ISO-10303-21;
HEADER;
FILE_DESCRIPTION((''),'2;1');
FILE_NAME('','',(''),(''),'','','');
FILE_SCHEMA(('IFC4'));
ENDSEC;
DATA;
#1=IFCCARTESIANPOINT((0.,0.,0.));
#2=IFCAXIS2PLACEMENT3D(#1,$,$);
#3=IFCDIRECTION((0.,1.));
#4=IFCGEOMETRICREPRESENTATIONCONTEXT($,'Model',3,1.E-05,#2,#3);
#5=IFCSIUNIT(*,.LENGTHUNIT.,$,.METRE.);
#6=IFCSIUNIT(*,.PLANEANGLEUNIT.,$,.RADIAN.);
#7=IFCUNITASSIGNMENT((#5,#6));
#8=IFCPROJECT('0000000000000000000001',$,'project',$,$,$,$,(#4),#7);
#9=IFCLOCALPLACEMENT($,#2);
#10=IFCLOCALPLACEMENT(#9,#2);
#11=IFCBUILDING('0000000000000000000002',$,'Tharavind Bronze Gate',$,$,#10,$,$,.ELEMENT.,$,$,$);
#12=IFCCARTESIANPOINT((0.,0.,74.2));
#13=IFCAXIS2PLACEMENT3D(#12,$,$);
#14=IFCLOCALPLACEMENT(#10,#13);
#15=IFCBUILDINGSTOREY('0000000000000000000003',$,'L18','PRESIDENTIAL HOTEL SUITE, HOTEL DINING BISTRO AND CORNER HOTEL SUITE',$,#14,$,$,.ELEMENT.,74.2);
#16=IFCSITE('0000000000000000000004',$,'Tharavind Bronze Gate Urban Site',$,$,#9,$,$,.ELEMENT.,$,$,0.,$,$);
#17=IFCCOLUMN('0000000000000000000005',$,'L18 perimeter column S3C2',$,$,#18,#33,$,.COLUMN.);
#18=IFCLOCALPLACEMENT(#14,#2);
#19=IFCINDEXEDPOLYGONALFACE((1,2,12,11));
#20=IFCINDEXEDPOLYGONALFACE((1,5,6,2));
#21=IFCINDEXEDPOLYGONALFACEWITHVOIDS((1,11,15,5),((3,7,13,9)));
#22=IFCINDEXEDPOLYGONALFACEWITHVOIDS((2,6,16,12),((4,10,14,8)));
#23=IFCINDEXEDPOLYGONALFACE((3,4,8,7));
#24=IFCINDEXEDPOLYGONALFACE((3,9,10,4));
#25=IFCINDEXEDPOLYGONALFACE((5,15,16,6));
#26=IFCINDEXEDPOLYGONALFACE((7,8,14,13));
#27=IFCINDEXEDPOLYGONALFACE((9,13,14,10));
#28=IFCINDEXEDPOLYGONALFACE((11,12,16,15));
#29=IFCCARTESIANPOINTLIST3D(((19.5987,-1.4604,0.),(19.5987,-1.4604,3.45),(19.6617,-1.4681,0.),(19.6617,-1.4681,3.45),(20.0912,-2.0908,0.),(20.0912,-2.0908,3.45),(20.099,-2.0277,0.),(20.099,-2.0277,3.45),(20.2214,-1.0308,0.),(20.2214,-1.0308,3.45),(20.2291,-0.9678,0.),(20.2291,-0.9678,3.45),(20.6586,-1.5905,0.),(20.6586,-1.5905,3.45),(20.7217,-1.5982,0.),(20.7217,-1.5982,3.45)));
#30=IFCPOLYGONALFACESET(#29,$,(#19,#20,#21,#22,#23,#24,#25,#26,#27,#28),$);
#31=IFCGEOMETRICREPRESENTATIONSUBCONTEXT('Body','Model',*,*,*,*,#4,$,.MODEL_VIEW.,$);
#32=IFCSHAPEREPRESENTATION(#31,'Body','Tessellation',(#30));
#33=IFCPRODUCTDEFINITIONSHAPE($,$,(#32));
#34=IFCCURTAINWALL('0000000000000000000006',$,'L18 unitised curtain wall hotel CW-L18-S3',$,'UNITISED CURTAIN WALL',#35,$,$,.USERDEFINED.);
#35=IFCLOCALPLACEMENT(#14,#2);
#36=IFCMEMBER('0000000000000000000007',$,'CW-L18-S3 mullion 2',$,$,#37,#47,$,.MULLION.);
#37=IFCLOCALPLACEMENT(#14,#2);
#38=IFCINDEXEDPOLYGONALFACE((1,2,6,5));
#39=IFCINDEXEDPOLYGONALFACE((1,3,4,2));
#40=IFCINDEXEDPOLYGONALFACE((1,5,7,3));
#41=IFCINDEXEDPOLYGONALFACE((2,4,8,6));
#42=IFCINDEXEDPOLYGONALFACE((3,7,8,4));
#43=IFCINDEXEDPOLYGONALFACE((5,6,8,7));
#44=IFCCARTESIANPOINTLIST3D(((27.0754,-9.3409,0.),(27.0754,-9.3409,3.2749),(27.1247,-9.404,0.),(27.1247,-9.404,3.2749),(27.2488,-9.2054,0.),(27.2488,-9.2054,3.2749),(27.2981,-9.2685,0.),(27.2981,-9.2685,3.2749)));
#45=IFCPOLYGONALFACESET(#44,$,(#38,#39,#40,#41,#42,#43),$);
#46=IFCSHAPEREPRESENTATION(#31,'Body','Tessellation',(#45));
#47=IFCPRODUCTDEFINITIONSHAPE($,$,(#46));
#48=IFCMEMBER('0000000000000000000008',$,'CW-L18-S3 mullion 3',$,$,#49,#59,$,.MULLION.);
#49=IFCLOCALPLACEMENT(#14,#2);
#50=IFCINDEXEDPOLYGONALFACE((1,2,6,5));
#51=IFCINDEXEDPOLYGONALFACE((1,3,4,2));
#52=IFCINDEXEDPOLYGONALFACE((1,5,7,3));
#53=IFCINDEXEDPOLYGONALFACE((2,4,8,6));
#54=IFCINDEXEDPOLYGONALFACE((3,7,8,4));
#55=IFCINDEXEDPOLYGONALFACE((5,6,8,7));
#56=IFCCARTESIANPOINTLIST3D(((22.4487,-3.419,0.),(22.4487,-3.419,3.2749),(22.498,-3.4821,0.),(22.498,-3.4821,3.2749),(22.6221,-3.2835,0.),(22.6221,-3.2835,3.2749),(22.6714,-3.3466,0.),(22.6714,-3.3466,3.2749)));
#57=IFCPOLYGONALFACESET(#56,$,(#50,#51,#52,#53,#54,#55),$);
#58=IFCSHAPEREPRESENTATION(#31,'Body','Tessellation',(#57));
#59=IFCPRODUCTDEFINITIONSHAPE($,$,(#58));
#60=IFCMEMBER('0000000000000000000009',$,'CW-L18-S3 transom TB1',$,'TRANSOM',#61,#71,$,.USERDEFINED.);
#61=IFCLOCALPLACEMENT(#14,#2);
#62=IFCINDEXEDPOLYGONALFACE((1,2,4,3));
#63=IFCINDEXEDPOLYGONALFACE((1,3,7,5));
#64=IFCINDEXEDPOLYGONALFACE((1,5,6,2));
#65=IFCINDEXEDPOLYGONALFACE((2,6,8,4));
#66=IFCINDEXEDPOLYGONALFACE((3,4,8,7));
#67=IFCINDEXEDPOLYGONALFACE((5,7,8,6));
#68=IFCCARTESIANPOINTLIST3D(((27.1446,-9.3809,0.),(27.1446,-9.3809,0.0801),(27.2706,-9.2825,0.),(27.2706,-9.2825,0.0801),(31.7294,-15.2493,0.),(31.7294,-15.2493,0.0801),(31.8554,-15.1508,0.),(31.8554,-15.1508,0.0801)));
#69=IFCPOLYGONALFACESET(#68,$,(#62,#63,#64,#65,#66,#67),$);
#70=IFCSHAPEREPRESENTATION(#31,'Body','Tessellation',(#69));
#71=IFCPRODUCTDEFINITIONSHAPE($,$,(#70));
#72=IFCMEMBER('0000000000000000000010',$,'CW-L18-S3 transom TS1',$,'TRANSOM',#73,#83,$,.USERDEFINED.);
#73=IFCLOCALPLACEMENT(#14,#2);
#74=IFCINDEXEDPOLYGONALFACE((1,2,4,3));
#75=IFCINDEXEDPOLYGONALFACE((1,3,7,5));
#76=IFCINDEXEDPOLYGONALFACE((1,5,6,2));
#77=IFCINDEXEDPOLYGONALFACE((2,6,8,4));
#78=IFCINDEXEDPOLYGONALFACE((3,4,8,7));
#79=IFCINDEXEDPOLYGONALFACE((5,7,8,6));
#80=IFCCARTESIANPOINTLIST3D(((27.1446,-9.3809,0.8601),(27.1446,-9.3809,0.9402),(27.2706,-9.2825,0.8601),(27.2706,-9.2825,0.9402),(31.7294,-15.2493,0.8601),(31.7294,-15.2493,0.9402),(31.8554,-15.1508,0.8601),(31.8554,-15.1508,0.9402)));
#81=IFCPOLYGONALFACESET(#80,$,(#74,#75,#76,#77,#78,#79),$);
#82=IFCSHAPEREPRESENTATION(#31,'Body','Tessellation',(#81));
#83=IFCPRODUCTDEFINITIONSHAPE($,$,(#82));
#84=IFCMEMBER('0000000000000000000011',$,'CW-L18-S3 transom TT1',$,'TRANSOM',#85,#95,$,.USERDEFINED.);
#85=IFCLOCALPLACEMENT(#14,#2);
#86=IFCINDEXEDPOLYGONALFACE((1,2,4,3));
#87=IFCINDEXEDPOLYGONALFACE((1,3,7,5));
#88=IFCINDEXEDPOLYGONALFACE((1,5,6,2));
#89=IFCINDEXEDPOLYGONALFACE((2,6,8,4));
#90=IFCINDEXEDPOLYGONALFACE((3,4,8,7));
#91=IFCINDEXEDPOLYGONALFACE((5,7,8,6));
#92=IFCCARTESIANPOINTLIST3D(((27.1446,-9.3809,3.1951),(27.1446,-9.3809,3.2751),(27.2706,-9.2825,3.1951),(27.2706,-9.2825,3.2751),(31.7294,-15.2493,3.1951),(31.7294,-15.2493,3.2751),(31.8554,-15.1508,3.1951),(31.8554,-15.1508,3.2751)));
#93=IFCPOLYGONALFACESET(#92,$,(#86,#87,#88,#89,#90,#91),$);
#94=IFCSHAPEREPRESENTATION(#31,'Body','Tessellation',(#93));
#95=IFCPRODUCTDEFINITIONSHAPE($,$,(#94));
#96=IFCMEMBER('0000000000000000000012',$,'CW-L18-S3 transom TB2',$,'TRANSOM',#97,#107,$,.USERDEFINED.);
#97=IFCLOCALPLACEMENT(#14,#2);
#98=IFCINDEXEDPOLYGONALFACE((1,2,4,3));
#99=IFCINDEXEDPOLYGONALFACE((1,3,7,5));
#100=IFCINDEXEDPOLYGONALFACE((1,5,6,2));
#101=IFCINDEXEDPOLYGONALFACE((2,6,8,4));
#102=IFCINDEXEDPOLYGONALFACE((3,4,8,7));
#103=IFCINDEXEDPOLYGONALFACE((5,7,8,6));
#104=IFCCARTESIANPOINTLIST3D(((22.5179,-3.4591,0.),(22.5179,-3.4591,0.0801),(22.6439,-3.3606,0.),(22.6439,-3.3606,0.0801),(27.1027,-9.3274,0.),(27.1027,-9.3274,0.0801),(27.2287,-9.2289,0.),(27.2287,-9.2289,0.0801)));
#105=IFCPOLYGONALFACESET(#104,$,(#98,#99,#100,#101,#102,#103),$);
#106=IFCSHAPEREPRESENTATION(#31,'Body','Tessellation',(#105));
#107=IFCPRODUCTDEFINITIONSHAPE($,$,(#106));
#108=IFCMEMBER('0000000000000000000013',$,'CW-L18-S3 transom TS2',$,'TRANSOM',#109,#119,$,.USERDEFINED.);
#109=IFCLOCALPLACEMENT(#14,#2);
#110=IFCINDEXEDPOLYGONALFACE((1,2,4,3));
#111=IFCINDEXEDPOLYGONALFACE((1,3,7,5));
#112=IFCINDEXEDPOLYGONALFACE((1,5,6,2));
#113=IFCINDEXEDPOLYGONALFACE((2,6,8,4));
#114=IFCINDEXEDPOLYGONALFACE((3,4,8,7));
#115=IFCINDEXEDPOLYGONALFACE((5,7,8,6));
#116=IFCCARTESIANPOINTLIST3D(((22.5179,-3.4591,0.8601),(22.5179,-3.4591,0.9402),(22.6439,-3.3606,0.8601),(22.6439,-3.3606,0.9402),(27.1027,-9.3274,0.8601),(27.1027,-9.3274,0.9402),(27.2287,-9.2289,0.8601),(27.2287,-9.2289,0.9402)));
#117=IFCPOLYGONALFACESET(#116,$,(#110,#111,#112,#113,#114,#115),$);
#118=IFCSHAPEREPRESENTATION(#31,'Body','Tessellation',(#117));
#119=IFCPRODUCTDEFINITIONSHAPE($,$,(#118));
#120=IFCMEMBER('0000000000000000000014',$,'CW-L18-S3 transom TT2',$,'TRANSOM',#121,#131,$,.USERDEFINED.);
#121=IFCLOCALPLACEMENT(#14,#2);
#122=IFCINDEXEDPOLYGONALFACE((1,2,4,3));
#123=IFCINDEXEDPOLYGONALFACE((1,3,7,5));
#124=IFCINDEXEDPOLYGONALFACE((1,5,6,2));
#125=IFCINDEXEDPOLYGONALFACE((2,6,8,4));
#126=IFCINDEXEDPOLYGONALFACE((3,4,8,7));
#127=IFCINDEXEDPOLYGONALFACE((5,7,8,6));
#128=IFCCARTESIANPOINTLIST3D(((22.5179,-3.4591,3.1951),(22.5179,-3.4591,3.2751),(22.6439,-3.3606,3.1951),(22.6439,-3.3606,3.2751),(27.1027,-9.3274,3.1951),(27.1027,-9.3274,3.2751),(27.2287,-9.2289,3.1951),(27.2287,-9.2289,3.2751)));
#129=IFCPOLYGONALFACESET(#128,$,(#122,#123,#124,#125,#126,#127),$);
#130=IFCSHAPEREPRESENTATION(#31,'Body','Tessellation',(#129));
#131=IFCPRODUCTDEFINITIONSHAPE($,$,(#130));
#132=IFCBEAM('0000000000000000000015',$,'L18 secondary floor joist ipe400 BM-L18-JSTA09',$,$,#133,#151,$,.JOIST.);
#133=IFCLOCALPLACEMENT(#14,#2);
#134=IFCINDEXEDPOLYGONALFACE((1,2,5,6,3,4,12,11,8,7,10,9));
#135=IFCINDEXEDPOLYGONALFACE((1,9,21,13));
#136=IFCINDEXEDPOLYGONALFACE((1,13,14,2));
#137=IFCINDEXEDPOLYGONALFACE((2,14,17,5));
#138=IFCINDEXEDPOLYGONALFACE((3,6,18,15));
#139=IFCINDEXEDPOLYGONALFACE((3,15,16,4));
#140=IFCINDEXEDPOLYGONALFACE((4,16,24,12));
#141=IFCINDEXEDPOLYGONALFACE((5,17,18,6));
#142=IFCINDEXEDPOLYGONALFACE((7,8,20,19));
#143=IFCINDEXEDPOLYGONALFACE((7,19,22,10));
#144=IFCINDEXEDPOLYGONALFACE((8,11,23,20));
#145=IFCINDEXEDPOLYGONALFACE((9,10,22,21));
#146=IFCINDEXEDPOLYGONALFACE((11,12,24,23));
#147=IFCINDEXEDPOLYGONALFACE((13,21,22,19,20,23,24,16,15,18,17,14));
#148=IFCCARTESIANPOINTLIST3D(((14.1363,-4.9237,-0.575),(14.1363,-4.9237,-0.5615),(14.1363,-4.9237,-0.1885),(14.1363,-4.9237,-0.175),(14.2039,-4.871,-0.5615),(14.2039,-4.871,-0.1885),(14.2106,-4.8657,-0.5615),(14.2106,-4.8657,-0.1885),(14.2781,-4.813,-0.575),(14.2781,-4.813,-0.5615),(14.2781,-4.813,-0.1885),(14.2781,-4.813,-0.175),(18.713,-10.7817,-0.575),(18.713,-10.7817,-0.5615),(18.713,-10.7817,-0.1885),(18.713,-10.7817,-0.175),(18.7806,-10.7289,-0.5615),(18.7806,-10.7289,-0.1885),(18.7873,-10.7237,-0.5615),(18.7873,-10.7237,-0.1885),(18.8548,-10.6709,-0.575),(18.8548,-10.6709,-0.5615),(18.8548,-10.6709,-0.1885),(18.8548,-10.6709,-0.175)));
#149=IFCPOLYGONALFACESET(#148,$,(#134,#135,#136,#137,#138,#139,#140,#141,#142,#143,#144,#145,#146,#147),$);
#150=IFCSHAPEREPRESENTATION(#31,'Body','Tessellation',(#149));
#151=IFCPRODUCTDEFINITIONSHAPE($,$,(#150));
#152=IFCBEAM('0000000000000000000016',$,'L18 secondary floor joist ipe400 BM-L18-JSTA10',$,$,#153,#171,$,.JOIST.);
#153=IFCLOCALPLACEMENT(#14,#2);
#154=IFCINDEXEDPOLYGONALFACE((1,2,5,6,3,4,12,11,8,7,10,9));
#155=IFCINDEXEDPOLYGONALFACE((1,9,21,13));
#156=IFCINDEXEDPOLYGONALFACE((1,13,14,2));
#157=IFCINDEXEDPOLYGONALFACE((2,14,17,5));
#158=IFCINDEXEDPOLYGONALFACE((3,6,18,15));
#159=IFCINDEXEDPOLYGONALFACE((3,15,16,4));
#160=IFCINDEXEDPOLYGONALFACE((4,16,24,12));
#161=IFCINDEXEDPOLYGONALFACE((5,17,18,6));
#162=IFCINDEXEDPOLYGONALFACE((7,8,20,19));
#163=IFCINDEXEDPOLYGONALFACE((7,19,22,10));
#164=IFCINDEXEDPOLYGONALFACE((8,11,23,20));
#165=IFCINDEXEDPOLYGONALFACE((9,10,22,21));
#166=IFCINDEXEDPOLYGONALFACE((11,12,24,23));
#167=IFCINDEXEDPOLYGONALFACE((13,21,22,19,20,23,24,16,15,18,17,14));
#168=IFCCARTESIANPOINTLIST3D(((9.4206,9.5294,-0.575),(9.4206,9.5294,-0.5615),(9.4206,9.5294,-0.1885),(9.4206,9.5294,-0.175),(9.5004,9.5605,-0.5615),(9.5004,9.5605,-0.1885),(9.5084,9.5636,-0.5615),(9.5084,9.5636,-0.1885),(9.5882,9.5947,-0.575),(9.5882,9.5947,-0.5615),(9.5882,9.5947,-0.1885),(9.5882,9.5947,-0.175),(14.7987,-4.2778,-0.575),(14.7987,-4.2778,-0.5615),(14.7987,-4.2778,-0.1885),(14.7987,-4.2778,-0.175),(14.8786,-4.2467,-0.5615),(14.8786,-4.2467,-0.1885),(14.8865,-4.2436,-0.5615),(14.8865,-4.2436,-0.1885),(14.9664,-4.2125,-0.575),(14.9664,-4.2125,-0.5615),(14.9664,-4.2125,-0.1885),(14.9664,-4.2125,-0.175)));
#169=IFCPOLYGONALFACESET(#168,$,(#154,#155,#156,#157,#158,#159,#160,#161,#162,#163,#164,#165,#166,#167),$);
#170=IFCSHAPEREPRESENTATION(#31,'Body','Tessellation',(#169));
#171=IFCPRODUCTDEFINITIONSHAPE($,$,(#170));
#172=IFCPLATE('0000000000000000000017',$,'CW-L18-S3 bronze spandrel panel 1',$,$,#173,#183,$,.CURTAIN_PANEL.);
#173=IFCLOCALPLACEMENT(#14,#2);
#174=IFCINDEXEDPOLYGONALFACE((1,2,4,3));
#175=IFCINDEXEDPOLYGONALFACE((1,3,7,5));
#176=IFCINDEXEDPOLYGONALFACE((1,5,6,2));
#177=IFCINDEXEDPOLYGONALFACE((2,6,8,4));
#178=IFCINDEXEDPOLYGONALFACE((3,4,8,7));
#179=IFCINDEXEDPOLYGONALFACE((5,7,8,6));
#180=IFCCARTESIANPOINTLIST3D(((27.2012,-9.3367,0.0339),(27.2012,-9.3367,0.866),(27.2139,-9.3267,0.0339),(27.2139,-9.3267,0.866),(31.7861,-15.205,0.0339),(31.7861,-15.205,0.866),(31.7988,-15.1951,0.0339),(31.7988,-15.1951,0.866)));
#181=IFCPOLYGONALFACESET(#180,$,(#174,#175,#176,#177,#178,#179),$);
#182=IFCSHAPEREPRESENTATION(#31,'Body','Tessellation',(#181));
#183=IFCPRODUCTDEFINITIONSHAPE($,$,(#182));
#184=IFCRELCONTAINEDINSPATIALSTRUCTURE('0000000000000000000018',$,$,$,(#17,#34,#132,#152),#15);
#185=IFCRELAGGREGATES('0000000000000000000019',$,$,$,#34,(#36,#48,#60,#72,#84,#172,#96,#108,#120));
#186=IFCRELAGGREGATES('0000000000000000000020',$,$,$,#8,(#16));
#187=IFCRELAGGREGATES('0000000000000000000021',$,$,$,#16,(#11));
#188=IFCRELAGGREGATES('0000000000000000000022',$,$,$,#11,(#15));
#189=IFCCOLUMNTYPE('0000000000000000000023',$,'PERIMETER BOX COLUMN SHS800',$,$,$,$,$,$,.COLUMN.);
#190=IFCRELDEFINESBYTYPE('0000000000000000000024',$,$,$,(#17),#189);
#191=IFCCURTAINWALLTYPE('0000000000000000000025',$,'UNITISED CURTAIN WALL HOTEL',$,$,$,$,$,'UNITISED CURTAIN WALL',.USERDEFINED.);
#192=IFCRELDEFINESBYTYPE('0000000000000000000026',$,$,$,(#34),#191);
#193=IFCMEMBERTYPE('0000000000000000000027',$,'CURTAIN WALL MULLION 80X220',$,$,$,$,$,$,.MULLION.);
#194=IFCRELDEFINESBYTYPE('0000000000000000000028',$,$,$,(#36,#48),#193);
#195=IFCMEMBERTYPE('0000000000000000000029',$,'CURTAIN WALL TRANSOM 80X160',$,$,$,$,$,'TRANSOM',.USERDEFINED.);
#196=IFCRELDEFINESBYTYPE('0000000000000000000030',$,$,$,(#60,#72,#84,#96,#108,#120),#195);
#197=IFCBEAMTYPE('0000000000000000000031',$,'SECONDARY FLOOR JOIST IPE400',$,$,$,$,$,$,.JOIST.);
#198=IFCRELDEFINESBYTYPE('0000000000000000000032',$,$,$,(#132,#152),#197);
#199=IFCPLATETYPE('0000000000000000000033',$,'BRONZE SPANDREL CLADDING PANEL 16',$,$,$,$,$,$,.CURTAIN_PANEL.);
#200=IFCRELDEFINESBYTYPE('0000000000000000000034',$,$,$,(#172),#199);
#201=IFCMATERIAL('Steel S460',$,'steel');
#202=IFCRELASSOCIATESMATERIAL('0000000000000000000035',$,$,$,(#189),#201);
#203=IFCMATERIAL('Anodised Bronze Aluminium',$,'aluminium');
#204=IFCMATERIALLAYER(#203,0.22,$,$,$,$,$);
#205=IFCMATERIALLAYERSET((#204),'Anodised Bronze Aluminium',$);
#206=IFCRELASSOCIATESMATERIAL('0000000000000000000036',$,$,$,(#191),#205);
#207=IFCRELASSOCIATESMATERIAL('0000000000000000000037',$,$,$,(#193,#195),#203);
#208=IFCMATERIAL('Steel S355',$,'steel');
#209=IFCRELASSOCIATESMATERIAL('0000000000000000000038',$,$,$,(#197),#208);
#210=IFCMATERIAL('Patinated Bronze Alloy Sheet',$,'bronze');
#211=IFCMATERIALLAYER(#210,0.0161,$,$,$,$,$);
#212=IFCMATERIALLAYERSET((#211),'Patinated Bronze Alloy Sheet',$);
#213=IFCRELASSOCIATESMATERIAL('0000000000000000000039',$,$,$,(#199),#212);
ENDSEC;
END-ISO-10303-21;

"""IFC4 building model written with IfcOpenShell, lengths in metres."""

from ifc_helpers import new_model, si_unit, direction, frame, origin, origin_2d, place, context, subcontext, project, spatial, rectangle, hollow_rectangle, i_section, extrude, material, layer, layer_set, material_profile, profile_set, type_object, element, aggregate, save


model = new_model("IFC4")

# Units and contexts
model_context = context("Model", 3, precision=1e-05, world=origin(), true_north=direction((0.0, 1.0)))
body_context = subcontext(model_context, "Body", "Model", "MODEL_VIEW")
ifc_project = project(units=[si_unit("LENGTHUNIT", "METRE"), si_unit("PLANEANGLEUNIT", "RADIAN")], contexts=[model_context])

# Site, building, storey
site_placement = place(None, origin())
site = spatial("IfcSite", under=ifc_project, at=site_placement, Name="Tharavind Bronze Gate Urban Site", CompositionType="ELEMENT", RefElevation=0.0)
building_placement = place(site_placement, origin())
building = spatial("IfcBuilding", under=site, at=building_placement, Name="Tharavind Bronze Gate", CompositionType="ELEMENT")
storey_placement = place(building_placement, frame((0.0, 0.0, 74.2)))
storey = spatial("IfcBuildingStorey", under=building, at=storey_placement, Name="L18", Description="PRESIDENTIAL HOTEL SUITE, HOTEL DINING BISTRO AND CORNER HOTEL SUITE", CompositionType="ELEMENT", Elevation=74.2)

# Column
ifc_material_1 = material(Name="Steel S460", Category="steel")
ifc_material_profile_1 = material_profile(ifc_material_1, hollow_rectangle(XDim=0.8, YDim=0.8, WallThickness=0.0449, at=origin_2d()), Name="SHS800X45")
ifc_profile_set_1 = profile_set([ifc_material_profile_1], Name="Steel S460")
column_type = type_object("IfcColumnType", Name="PERIMETER BOX COLUMN SHS800", PredefinedType="COLUMN", material=ifc_profile_set_1)
column_placement = place(storey_placement, frame((20.1602, -1.5293, 0.0), z_axis=(0.0, 0.0, 1.0), x_axis=(-0.615661, 0.788011, 0.0)))
element("IfcColumn", 1, at=column_placement, inside=storey, type_object=column_type, Name="L18 perimeter column S3C2", PredefinedType="COLUMN", context=body_context, shape_type="SweptSolid", body=[
    extrude(hollow_rectangle(XDim=0.8, YDim=0.8, WallThickness=0.0449, at=origin_2d()), origin(), (0.0, 0.0, 1.0), 3.45),
])

# Curtain wall, members
ifc_material_2 = material(Name="Anodised Bronze Aluminium", Category="aluminium")
ifc_layer_1 = layer(ifc_material_2, 0.22)
ifc_layer_set_1 = layer_set([ifc_layer_1], Name="Anodised Bronze Aluminium")
curtain_wall_type = type_object("IfcCurtainWallType", Name="UNITISED CURTAIN WALL HOTEL", ElementType="UNITISED CURTAIN WALL", PredefinedType="USERDEFINED", material=ifc_layer_set_1)
curtain_wall_placement = place(storey_placement, origin())
curtain_wall = element("IfcCurtainWall", 2, at=curtain_wall_placement, inside=storey, type_object=curtain_wall_type, Name="L18 unitised curtain wall hotel CW-L18-S3", ObjectType="UNITISED CURTAIN WALL", PredefinedType="USERDEFINED")
member_type_1 = type_object("IfcMemberType", Name="CURTAIN WALL MULLION 80X220", PredefinedType="MULLION", material=ifc_material_2)
member_1_placement = place(storey_placement, frame((27.1868, -9.3047, 0.0), z_axis=(0.0, 0.0, 1.0), x_axis=(-0.615661, 0.788011, 0.0)))
member_1 = element("IfcMember", 3, at=member_1_placement, type_object=member_type_1, Name="CW-L18-S3 mullion 2", PredefinedType="MULLION", context=body_context, shape_type="SweptSolid", body=[
    extrude(rectangle(XDim=0.0801, YDim=0.22, at=origin_2d()), origin(), (0.0, 0.0, 1.0), 3.2749),
])
member_2_placement = place(storey_placement, frame((22.5601, -3.3828, 0.0), z_axis=(0.0, 0.0, 1.0), x_axis=(-0.615661, 0.788011, 0.0)))
member_2 = element("IfcMember", 4, at=member_2_placement, type_object=member_type_1, Name="CW-L18-S3 mullion 3", PredefinedType="MULLION", context=body_context, shape_type="SweptSolid", body=[
    extrude(rectangle(XDim=0.0801, YDim=0.22, at=origin_2d()), origin(), (0.0, 0.0, 1.0), 3.2749),
])
member_type_2 = type_object("IfcMemberType", Name="CURTAIN WALL TRANSOM 80X160", ElementType="TRANSOM", PredefinedType="USERDEFINED", material=ifc_material_2)
member_3_placement = place(storey_placement, frame((29.5, -12.2659, 0.0), z_axis=(0.0, 0.0, 1.0), x_axis=(-0.615661, 0.788011, 0.0)))
member_3 = element("IfcMember", 5, at=member_3_placement, type_object=member_type_2, Name="CW-L18-S3 transom TB1", ObjectType="TRANSOM", PredefinedType="USERDEFINED", context=body_context, shape_type="SweptSolid", body=[
    extrude(rectangle(XDim=7.447, YDim=0.1599, at=origin_2d()), origin(), (0.0, 0.0, 1.0), 0.0801),
])
member_4_placement = place(storey_placement, frame((29.5, -12.2659, 0.8601), z_axis=(0.0, 0.0, 1.0), x_axis=(-0.615661, 0.788011, 0.0)))
member_4 = element("IfcMember", 6, at=member_4_placement, type_object=member_type_2, Name="CW-L18-S3 transom TS1", ObjectType="TRANSOM", PredefinedType="USERDEFINED", context=body_context, shape_type="SweptSolid", body=[
    extrude(rectangle(XDim=7.447, YDim=0.1599, at=origin_2d()), origin(), (0.0, 0.0, 1.0), 0.0801),
])
member_5_placement = place(storey_placement, frame((29.5, -12.2659, 3.1951), z_axis=(0.0, 0.0, 1.0), x_axis=(-0.615661, 0.788011, 0.0)))
member_5 = element("IfcMember", 7, at=member_5_placement, type_object=member_type_2, Name="CW-L18-S3 transom TT1", ObjectType="TRANSOM", PredefinedType="USERDEFINED", context=body_context, shape_type="SweptSolid", body=[
    extrude(rectangle(XDim=7.447, YDim=0.1599, at=origin_2d()), origin(), (0.0, 0.0, 1.0), 0.0801),
])
member_6_placement = place(storey_placement, frame((24.8733, -6.344, 0.0), z_axis=(0.0, 0.0, 1.0), x_axis=(-0.615661, 0.788011, 0.0)))
member_6 = element("IfcMember", 8, at=member_6_placement, type_object=member_type_2, Name="CW-L18-S3 transom TB2", ObjectType="TRANSOM", PredefinedType="USERDEFINED", context=body_context, shape_type="SweptSolid", body=[
    extrude(rectangle(XDim=7.447, YDim=0.1599, at=origin_2d()), origin(), (0.0, 0.0, 1.0), 0.0801),
])
member_7_placement = place(storey_placement, frame((24.8733, -6.344, 0.8601), z_axis=(0.0, 0.0, 1.0), x_axis=(-0.615661, 0.788011, 0.0)))
member_7 = element("IfcMember", 9, at=member_7_placement, type_object=member_type_2, Name="CW-L18-S3 transom TS2", ObjectType="TRANSOM", PredefinedType="USERDEFINED", context=body_context, shape_type="SweptSolid", body=[
    extrude(rectangle(XDim=7.447, YDim=0.1599, at=origin_2d()), origin(), (0.0, 0.0, 1.0), 0.0801),
])
member_8_placement = place(storey_placement, frame((24.8733, -6.344, 3.1951), z_axis=(0.0, 0.0, 1.0), x_axis=(-0.615661, 0.788011, 0.0)))
member_8 = element("IfcMember", 10, at=member_8_placement, type_object=member_type_2, Name="CW-L18-S3 transom TT2", ObjectType="TRANSOM", PredefinedType="USERDEFINED", context=body_context, shape_type="SweptSolid", body=[
    extrude(rectangle(XDim=7.447, YDim=0.1599, at=origin_2d()), origin(), (0.0, 0.0, 1.0), 0.0801),
])

# Beams
ifc_material_3 = material(Name="Steel S355", Category="steel")
ifc_material_profile_2 = material_profile(ifc_material_3, i_section(OverallWidth=0.1799, OverallDepth=0.3999, WebThickness=0.0085, FlangeThickness=0.0134, at=origin_2d()), Name="IPE400")
ifc_profile_set_2 = profile_set([ifc_material_profile_2], Name="Steel S355")
beam_type = type_object("IfcBeamType", Name="SECONDARY FLOOR JOIST IPE400", PredefinedType="JOIST", material=ifc_profile_set_2)
beam_1_placement = place(storey_placement, frame((18.7839, -10.7263, -0.375), z_axis=(-0.615658, 0.788013, 0.0), x_axis=(-0.788013, -0.615658, 0.0)))
element("IfcBeam", 11, at=beam_1_placement, inside=storey, type_object=beam_type, Name="L18 secondary floor joist ipe400 BM-L18-JSTA09", PredefinedType="JOIST", context=body_context, shape_type="SweptSolid", body=[
    extrude(i_section(OverallWidth=0.1799, OverallDepth=0.3999, WebThickness=0.0085, FlangeThickness=0.0134, at=origin_2d()), origin(), (0.0, 0.0, 1.0), 7.4338),
])
beam_2_placement = place(storey_placement, frame((14.8826, -4.2451, -0.375), z_axis=(-0.362958, 0.931805, 0.0), x_axis=(-0.931805, -0.362958, 0.0)))
element("IfcBeam", 12, at=beam_2_placement, inside=storey, type_object=beam_type, Name="L18 secondary floor joist ipe400 BM-L18-JSTA10", PredefinedType="JOIST", context=body_context, shape_type="SweptSolid", body=[
    extrude(i_section(OverallWidth=0.1799, OverallDepth=0.3999, WebThickness=0.0085, FlangeThickness=0.0134, at=origin_2d()), origin(), (0.0, 0.0, 1.0), 14.8176),
])

# Plate
ifc_material_4 = material(Name="Patinated Bronze Alloy Sheet", Category="bronze")
ifc_layer_2 = layer(ifc_material_4, 0.0161)
ifc_layer_set_2 = layer_set([ifc_layer_2], Name="Patinated Bronze Alloy Sheet")
plate_type_1 = type_object("IfcPlateType", Name="BRONZE SPANDREL CLADDING PANEL 16", PredefinedType="CURTAIN_PANEL", material=ifc_layer_set_2)
plate_1_placement = place(storey_placement, frame((29.5, -12.2659, 0.0339), z_axis=(0.0, 0.0, 1.0), x_axis=(-0.615661, 0.788011, 0.0)))
plate_1 = element("IfcPlate", 13, at=plate_1_placement, type_object=plate_type_1, Name="CW-L18-S3 bronze spandrel panel 1", PredefinedType="CURTAIN_PANEL", context=body_context, shape_type="SweptSolid", body=[
    extrude(rectangle(XDim=7.447, YDim=0.0161, at=origin_2d()), origin(), (0.0, 0.0, 1.0), 0.832),
])
aggregate(curtain_wall, [member_1, member_2, member_3, member_4, member_5, plate_1, member_6, member_7, member_8])

save(model, "model.ifc")
